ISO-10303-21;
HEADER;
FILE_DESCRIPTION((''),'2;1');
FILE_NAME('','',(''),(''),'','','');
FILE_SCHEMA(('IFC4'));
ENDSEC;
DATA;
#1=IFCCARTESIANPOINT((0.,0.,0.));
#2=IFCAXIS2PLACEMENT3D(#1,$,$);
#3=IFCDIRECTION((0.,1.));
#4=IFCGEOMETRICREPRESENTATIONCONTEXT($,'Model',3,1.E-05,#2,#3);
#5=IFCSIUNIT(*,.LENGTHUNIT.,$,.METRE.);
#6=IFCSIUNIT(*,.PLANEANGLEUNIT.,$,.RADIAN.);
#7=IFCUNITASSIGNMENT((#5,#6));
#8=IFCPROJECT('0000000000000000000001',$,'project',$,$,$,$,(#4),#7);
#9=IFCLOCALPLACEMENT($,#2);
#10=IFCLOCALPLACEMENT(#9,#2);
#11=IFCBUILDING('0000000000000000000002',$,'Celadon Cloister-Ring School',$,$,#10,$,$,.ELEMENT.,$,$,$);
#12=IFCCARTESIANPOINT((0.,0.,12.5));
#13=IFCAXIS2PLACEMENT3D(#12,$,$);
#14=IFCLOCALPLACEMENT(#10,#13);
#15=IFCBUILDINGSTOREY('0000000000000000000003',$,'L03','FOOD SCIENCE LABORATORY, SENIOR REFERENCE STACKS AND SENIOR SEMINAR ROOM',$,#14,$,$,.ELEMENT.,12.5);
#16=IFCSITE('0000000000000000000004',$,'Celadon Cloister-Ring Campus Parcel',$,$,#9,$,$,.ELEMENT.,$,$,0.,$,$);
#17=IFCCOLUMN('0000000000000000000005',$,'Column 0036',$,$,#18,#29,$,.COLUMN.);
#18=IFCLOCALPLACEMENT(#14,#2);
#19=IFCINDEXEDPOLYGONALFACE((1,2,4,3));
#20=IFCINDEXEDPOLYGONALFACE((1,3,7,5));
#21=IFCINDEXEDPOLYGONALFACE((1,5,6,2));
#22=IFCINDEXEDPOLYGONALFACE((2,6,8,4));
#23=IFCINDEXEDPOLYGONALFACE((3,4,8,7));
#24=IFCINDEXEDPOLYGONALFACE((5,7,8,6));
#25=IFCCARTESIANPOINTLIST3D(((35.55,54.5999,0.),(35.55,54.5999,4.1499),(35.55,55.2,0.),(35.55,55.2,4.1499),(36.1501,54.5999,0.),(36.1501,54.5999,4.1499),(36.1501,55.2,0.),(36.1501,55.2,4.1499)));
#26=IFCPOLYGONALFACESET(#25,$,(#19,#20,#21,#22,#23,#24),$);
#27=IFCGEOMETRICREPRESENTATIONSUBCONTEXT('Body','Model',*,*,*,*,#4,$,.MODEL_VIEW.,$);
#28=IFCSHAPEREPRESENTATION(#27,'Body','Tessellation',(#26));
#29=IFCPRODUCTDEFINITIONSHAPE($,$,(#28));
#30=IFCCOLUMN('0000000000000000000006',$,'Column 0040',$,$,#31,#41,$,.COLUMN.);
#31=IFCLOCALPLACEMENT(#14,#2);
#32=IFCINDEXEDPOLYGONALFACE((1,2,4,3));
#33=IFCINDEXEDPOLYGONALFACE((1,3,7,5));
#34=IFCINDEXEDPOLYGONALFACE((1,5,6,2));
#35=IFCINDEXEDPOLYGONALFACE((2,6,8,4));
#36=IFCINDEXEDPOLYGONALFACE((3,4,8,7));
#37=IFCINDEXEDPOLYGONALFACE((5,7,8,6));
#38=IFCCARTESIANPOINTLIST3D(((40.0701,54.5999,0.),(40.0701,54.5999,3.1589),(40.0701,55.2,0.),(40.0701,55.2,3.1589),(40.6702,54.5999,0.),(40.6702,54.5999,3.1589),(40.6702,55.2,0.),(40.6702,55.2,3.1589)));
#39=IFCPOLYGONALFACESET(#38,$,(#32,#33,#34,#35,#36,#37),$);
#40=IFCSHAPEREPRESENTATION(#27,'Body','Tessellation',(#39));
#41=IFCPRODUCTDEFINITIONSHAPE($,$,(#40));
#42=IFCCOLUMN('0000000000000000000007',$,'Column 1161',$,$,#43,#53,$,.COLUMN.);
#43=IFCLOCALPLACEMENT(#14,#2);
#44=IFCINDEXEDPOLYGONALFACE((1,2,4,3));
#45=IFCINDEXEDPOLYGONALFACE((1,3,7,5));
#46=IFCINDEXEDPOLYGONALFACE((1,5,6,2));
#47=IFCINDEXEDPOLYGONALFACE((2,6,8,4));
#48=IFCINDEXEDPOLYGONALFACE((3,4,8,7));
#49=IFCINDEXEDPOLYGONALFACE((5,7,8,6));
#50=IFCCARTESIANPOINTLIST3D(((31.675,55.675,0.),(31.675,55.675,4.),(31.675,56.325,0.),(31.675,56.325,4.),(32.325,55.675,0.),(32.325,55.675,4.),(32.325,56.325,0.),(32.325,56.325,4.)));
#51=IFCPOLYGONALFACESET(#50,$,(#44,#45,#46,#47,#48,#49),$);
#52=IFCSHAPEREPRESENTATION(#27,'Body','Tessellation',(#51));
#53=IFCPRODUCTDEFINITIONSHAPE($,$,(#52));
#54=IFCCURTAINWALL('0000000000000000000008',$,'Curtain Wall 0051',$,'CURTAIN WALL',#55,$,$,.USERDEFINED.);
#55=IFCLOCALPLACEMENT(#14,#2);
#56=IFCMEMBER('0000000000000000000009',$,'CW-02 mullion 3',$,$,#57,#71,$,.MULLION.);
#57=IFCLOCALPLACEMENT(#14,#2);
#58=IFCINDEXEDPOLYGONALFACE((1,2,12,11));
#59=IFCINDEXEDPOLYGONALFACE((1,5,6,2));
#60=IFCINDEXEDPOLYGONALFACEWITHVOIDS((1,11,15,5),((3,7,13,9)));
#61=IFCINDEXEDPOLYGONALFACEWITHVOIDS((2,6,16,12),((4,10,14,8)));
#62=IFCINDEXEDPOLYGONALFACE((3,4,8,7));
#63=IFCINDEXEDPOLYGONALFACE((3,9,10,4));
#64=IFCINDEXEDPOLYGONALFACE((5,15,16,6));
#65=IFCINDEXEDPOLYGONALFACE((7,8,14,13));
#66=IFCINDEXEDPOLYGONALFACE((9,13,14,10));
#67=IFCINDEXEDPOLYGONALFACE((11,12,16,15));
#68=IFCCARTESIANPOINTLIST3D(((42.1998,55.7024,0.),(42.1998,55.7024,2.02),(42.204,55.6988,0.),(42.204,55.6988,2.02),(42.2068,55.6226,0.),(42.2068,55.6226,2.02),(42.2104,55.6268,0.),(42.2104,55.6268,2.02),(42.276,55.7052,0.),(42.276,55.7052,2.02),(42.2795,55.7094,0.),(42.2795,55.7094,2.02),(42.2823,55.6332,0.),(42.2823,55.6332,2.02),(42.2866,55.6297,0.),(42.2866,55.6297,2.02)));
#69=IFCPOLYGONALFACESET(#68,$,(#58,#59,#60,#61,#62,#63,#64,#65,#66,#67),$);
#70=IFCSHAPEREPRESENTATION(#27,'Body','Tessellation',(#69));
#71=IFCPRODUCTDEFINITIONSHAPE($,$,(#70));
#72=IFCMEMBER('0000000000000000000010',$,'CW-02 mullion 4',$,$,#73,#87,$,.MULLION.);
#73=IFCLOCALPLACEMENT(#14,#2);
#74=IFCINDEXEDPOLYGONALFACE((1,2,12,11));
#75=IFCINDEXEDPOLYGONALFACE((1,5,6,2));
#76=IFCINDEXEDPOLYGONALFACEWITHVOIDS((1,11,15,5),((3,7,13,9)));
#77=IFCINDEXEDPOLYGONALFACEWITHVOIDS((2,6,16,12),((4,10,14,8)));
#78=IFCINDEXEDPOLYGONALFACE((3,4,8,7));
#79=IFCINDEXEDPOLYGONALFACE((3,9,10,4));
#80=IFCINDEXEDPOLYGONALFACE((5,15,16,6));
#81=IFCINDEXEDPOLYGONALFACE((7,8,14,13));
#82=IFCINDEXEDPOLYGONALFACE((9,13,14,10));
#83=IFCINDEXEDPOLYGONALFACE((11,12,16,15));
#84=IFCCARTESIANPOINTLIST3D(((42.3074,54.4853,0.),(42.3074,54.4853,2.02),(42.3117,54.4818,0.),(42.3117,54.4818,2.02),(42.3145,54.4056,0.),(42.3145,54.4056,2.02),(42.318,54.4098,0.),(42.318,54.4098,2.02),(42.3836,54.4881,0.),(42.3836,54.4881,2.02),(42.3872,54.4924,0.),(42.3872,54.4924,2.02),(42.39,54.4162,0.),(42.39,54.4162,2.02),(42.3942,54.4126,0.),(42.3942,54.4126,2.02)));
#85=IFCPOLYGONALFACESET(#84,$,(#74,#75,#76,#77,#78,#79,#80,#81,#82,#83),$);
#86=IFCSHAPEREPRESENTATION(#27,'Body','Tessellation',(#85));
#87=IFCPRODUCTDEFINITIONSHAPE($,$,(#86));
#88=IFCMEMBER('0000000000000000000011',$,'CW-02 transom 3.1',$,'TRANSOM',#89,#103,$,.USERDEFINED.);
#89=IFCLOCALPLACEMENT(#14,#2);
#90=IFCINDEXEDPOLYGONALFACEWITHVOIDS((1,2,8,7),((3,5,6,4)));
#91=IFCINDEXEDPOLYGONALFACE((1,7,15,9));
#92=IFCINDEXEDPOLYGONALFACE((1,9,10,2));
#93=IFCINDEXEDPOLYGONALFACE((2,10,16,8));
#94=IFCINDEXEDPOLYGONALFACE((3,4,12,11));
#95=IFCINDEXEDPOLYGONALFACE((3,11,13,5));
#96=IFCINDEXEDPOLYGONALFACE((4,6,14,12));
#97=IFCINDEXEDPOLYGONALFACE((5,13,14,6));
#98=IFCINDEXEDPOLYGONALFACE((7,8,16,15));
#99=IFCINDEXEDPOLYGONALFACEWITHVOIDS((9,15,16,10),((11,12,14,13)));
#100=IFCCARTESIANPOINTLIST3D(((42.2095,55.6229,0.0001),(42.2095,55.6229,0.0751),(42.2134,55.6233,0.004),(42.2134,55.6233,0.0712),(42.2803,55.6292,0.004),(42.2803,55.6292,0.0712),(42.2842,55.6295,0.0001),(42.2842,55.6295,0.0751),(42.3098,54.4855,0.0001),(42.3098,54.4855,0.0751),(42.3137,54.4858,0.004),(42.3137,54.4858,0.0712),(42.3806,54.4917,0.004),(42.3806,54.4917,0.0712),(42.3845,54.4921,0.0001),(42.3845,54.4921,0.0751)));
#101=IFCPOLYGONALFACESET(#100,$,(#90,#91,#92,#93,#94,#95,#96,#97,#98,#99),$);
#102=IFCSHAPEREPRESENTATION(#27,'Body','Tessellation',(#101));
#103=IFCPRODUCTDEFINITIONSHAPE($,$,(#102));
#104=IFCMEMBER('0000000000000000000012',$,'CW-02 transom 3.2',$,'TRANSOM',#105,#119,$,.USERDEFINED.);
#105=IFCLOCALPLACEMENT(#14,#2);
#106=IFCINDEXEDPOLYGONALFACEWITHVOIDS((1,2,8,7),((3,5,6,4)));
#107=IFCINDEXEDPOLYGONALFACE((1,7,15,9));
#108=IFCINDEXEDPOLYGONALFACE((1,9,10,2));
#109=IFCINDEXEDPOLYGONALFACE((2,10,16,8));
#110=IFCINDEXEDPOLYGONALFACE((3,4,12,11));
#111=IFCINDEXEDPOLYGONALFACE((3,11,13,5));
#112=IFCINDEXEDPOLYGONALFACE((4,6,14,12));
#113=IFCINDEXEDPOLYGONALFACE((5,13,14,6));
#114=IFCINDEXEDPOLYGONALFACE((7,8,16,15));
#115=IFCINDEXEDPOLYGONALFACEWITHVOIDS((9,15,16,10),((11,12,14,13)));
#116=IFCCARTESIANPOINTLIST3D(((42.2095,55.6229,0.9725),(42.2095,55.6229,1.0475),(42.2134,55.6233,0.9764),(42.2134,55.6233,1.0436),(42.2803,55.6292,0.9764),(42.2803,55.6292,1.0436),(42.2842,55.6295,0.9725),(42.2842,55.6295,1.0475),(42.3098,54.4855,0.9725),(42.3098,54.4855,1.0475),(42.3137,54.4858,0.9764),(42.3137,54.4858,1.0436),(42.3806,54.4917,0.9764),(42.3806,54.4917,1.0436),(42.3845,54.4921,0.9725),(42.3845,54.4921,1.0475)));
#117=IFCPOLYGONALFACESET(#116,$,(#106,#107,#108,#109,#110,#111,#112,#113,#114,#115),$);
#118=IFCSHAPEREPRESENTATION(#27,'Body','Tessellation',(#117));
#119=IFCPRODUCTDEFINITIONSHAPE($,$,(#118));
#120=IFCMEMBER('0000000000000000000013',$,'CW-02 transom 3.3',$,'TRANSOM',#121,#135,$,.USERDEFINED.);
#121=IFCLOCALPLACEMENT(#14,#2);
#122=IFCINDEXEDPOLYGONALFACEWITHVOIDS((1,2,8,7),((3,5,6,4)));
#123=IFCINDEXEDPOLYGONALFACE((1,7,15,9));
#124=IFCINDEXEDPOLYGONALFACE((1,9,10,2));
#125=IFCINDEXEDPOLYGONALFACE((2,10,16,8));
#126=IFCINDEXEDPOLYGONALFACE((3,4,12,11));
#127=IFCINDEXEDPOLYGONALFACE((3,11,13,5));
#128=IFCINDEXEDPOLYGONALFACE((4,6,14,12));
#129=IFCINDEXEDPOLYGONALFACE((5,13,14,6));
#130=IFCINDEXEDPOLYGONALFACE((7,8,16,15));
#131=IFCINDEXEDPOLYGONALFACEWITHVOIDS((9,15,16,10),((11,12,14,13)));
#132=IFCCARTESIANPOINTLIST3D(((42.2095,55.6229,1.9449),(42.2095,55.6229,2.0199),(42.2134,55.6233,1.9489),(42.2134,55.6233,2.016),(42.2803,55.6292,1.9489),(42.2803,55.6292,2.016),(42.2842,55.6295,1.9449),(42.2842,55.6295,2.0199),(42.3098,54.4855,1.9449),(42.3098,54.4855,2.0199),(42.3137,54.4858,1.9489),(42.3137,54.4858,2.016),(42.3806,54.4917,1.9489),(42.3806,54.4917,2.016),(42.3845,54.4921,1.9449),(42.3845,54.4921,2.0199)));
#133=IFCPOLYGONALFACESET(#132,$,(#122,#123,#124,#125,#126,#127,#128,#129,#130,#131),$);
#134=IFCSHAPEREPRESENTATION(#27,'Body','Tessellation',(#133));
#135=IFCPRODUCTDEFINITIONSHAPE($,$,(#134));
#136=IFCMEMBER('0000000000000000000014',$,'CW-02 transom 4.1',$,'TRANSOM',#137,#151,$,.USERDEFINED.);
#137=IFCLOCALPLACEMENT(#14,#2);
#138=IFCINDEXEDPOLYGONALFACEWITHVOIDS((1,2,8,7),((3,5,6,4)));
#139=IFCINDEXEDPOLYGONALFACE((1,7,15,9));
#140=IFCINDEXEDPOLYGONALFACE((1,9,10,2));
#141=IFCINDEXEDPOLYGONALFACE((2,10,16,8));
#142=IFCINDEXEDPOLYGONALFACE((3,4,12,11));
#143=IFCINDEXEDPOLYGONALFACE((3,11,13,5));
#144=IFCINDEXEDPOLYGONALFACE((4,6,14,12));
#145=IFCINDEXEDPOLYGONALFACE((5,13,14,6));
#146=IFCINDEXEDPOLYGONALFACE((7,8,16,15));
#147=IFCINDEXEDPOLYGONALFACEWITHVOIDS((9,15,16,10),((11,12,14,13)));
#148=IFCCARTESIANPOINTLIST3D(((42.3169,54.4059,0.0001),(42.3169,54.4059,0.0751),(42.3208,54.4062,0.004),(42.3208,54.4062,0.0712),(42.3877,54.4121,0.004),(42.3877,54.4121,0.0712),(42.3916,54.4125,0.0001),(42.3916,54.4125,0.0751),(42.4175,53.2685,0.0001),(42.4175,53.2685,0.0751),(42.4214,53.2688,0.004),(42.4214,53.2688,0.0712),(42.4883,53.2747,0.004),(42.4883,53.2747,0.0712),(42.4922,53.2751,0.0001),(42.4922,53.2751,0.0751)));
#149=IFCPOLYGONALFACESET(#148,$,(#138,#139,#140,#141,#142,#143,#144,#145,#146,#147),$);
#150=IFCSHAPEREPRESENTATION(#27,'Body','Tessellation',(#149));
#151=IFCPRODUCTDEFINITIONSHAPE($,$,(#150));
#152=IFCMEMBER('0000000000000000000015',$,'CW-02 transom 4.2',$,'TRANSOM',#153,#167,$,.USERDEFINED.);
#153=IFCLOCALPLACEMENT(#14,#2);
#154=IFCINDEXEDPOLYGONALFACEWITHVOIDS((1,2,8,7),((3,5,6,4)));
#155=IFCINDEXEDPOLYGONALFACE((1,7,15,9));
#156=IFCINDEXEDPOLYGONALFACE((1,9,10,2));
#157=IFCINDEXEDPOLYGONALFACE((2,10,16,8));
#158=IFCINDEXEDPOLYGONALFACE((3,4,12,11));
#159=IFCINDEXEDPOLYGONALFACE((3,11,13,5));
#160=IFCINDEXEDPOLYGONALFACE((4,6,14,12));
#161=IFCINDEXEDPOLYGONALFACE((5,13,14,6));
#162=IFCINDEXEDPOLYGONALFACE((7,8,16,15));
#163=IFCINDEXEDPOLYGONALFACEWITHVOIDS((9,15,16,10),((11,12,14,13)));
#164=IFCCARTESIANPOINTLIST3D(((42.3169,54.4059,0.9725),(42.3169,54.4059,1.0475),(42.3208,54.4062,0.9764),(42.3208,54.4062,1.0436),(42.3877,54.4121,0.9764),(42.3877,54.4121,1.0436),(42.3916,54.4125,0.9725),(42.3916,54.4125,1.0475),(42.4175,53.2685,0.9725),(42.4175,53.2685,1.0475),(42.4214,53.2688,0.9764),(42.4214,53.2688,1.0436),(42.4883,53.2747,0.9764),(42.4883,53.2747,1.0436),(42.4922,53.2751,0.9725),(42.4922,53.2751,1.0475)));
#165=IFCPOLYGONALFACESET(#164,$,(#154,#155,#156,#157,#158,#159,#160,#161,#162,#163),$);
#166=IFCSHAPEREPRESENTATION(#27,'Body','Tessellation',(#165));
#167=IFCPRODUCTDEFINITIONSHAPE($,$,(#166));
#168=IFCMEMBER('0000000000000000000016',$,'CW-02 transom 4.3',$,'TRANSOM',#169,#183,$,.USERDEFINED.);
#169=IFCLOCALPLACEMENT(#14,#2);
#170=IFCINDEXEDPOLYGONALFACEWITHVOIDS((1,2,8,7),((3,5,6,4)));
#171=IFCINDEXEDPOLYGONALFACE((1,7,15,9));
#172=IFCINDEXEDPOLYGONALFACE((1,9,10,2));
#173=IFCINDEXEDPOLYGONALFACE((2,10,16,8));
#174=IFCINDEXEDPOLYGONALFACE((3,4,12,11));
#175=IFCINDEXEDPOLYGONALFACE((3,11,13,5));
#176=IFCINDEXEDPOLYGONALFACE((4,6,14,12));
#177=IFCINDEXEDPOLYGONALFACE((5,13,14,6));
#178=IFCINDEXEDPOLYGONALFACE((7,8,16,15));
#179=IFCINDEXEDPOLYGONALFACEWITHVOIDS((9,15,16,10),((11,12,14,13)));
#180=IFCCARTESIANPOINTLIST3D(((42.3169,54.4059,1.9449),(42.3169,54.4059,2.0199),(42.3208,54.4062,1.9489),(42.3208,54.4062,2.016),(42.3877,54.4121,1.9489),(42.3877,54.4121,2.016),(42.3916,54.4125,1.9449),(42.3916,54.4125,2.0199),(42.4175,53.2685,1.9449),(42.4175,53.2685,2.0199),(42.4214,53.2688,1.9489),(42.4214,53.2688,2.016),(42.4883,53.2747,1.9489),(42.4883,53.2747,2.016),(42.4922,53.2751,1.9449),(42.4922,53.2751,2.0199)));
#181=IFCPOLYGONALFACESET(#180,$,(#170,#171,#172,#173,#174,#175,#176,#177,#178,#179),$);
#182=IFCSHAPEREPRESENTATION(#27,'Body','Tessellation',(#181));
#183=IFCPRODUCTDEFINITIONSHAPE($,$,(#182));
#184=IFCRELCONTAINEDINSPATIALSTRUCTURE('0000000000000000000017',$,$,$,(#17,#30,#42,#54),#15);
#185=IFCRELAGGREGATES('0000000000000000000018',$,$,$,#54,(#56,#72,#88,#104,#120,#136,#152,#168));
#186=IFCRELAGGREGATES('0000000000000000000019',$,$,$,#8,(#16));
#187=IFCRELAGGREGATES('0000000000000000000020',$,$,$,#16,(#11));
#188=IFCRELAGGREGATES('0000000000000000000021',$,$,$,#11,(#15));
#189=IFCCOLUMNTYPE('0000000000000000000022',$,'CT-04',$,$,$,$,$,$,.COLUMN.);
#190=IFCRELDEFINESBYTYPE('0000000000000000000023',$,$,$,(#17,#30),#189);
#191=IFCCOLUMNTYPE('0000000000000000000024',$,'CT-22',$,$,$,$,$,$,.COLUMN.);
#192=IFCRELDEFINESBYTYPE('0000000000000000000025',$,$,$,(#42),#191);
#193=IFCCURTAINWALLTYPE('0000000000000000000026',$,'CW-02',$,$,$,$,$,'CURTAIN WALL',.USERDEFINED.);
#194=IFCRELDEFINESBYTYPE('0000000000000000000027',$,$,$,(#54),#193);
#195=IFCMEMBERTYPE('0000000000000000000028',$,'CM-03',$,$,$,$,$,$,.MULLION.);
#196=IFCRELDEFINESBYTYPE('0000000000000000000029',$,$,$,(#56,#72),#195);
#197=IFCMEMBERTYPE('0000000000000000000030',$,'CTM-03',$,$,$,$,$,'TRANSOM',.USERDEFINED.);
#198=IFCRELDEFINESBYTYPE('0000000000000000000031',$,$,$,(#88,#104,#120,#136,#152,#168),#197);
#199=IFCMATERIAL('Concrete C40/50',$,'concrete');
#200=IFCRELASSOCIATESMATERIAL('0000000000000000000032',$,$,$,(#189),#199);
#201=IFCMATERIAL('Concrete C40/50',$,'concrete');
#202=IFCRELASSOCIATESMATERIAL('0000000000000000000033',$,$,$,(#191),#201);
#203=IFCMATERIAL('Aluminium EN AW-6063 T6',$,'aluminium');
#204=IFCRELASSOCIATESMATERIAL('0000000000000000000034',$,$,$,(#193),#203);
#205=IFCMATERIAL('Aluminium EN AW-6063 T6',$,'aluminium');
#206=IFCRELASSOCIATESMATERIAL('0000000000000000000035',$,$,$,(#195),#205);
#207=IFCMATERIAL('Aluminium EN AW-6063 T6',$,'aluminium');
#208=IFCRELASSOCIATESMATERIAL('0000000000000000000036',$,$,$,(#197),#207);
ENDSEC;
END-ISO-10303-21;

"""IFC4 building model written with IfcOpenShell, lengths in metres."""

from ifc_helpers import new_model, si_unit, direction, frame, origin, origin_2d, place, context, subcontext, project, spatial, rectangle, hollow_rectangle, extrude, material, material_profile, profile_set, type_object, element, aggregate, save


model = new_model("IFC4")

# Units and contexts
model_context = context("Model", 3, precision=1e-05, world=origin(), true_north=direction((0.0, 1.0)))
body_context = subcontext(model_context, "Body", "Model", "MODEL_VIEW")
ifc_project = project(units=[si_unit("LENGTHUNIT", "METRE"), si_unit("PLANEANGLEUNIT", "RADIAN")], contexts=[model_context])

# Site, building, storey
site_placement = place(None, origin())
site = spatial("IfcSite", under=ifc_project, at=site_placement, Name="Celadon Cloister-Ring Campus Parcel", CompositionType="ELEMENT", RefElevation=0.0)
building_placement = place(site_placement, origin())
building = spatial("IfcBuilding", under=site, at=building_placement, Name="Celadon Cloister-Ring School", CompositionType="ELEMENT")
storey_placement = place(building_placement, frame((0.0, 0.0, 12.5)))
storey = spatial("IfcBuildingStorey", under=building, at=storey_placement, Name="L03", Description="FOOD SCIENCE LABORATORY, SENIOR REFERENCE STACKS AND SENIOR SEMINAR ROOM", CompositionType="ELEMENT", Elevation=12.5)

# Columns
ifc_material_1 = material(Name="Concrete C40/50", Category="concrete")
ifc_material_profile_1 = material_profile(ifc_material_1, rectangle(XDim=0.6001, YDim=0.6001, at=origin_2d()), Name="RC600X600")
ifc_profile_set_1 = profile_set([ifc_material_profile_1], Name="Concrete C40/50")
column_type_1 = type_object("IfcColumnType", Name="CT-04", PredefinedType="COLUMN", material=ifc_profile_set_1)
column_1_placement = place(storey_placement, frame((35.8501, 54.8999, 0.0), z_axis=(0.0, 0.0, 1.0), x_axis=(1.0, 0.0, 0.0)))
element("IfcColumn", 1, at=column_1_placement, inside=storey, type_object=column_type_1, Name="Column 0036", PredefinedType="COLUMN", context=body_context, shape_type="SweptSolid", body=[
    extrude(rectangle(XDim=0.6001, YDim=0.6001, at=origin_2d()), origin(), (0.0, 0.0, 1.0), 4.1499),
])
column_2_placement = place(storey_placement, frame((40.3701, 54.8999, 0.0), z_axis=(0.0, 0.0, 1.0), x_axis=(1.0, 0.0, 0.0)))
element("IfcColumn", 2, at=column_2_placement, inside=storey, type_object=column_type_1, Name="Column 0040", PredefinedType="COLUMN", context=body_context, shape_type="SweptSolid", body=[
    extrude(rectangle(XDim=0.6001, YDim=0.6001, at=origin_2d()), origin(), (0.0, 0.0, 1.0), 3.1589),
])
ifc_material_2 = material(Name="Concrete C40/50", Category="concrete")
ifc_material_profile_2 = material_profile(ifc_material_2, rectangle(XDim=0.6499, YDim=0.6499, at=origin_2d()), Name="RC650X650")
ifc_profile_set_2 = profile_set([ifc_material_profile_2], Name="Concrete C40/50")
column_type_2 = type_object("IfcColumnType", Name="CT-22", PredefinedType="COLUMN", material=ifc_profile_set_2)
column_3_placement = place(storey_placement, frame((32.0, 56.0, 0.0), z_axis=(0.0, 0.0, 1.0), x_axis=(1.0, 0.0, 0.0)))
element("IfcColumn", 3, at=column_3_placement, inside=storey, type_object=column_type_2, Name="Column 1161", PredefinedType="COLUMN", context=body_context, shape_type="SweptSolid", body=[
    extrude(rectangle(XDim=0.6499, YDim=0.6499, at=origin_2d()), origin(), (0.0, 0.0, 1.0), 4.0),
])

# Curtain wall, members
ifc_material_3 = material(Name="Aluminium EN AW-6063 T6", Category="aluminium")
curtain_wall_type = type_object("IfcCurtainWallType", Name="CW-02", ElementType="CURTAIN WALL", PredefinedType="USERDEFINED", material=ifc_material_3)
curtain_wall_placement = place(storey_placement, origin())
curtain_wall = element("IfcCurtainWall", 4, at=curtain_wall_placement, inside=storey, type_object=curtain_wall_type, Name="Curtain Wall 0051", ObjectType="CURTAIN WALL", PredefinedType="USERDEFINED")
ifc_material_4 = material(Name="Aluminium EN AW-6063 T6", Category="aluminium")
ifc_material_profile_3 = material_profile(ifc_material_4, hollow_rectangle(XDim=0.0801, YDim=0.0801, WallThickness=0.0039, at=origin_2d()), Name="RHS80X80X4")
ifc_profile_set_3 = profile_set([ifc_material_profile_3], Name="Aluminium EN AW-6063 T6")
member_type_1 = type_object("IfcMemberType", Name="CM-03", PredefinedType="MULLION", material=ifc_profile_set_3)
member_1_placement = place(storey_placement, frame((42.2432, 55.666, 0.0), z_axis=(0.0, 0.0, 1.0), x_axis=(0.996114, 0.088071, 0.0)))
member_1 = element("IfcMember", 5, at=member_1_placement, type_object=member_type_1, Name="CW-02 mullion 3", PredefinedType="MULLION", context=body_context, shape_type="SweptSolid", body=[
    extrude(hollow_rectangle(XDim=0.0801, YDim=0.0801, WallThickness=0.0039, at=origin_2d()), origin(), (0.0, 0.0, 1.0), 2.02),
])
member_2_placement = place(storey_placement, frame((42.3508, 54.449, 0.0), z_axis=(0.0, 0.0, 1.0), x_axis=(0.996114, 0.088071, 0.0)))
member_2 = element("IfcMember", 6, at=member_2_placement, type_object=member_type_1, Name="CW-02 mullion 4", PredefinedType="MULLION", context=body_context, shape_type="SweptSolid", body=[
    extrude(hollow_rectangle(XDim=0.0801, YDim=0.0801, WallThickness=0.0039, at=origin_2d()), origin(), (0.0, 0.0, 1.0), 2.02),
])
ifc_material_5 = material(Name="Aluminium EN AW-6063 T6", Category="aluminium")
ifc_material_profile_4 = material_profile(ifc_material_5, hollow_rectangle(XDim=0.075, YDim=0.075, WallThickness=0.0039, at=origin_2d()), Name="RHS75X75X4")
ifc_profile_set_4 = profile_set([ifc_material_profile_4], Name="Aluminium EN AW-6063 T6")
member_type_2 = type_object("IfcMemberType", Name="CTM-03", ElementType="TRANSOM", PredefinedType="USERDEFINED", material=ifc_profile_set_4)
member_3_placement = place(storey_placement, frame((42.2468, 55.6262, 0.0376), z_axis=(0.087875, -0.996132, 0.0), x_axis=(0.996132, 0.087875, 0.0)))
member_3 = element("IfcMember", 7, at=member_3_placement, type_object=member_type_2, Name="CW-02 transom 3.1", ObjectType="TRANSOM", PredefinedType="USERDEFINED", context=body_context, shape_type="SweptSolid", body=[
    extrude(hollow_rectangle(XDim=0.075, YDim=0.075, WallThickness=0.0039, at=origin_2d()), origin(), (0.0, 0.0, 1.0), 1.1418),
])
member_4_placement = place(storey_placement, frame((42.2468, 55.6262, 1.01), z_axis=(0.087875, -0.996132, 0.0), x_axis=(0.996132, 0.087875, 0.0)))
member_4 = element("IfcMember", 8, at=member_4_placement, type_object=member_type_2, Name="CW-02 transom 3.2", ObjectType="TRANSOM", PredefinedType="USERDEFINED", context=body_context, shape_type="SweptSolid", body=[
    extrude(hollow_rectangle(XDim=0.075, YDim=0.075, WallThickness=0.0039, at=origin_2d()), origin(), (0.0, 0.0, 1.0), 1.1418),
])
member_5_placement = place(storey_placement, frame((42.2468, 55.6262, 1.9824), z_axis=(0.087875, -0.996132, 0.0), x_axis=(0.996132, 0.087875, 0.0)))
member_5 = element("IfcMember", 9, at=member_5_placement, type_object=member_type_2, Name="CW-02 transom 3.3", ObjectType="TRANSOM", PredefinedType="USERDEFINED", context=body_context, shape_type="SweptSolid", body=[
    extrude(hollow_rectangle(XDim=0.075, YDim=0.075, WallThickness=0.0039, at=origin_2d()), origin(), (0.0, 0.0, 1.0), 1.1418),
])
member_6_placement = place(storey_placement, frame((42.3542, 54.4092, 0.0376), z_axis=(0.088087, -0.996113, 0.0), x_axis=(0.996113, 0.088087, 0.0)))
member_6 = element("IfcMember", 10, at=member_6_placement, type_object=member_type_2, Name="CW-02 transom 4.1", ObjectType="TRANSOM", PredefinedType="USERDEFINED", context=body_context, shape_type="SweptSolid", body=[
    extrude(hollow_rectangle(XDim=0.075, YDim=0.075, WallThickness=0.0039, at=origin_2d()), origin(), (0.0, 0.0, 1.0), 1.1418),
])
member_7_placement = place(storey_placement, frame((42.3542, 54.4092, 1.01), z_axis=(0.088087, -0.996113, 0.0), x_axis=(0.996113, 0.088087, 0.0)))
member_7 = element("IfcMember", 11, at=member_7_placement, type_object=member_type_2, Name="CW-02 transom 4.2", ObjectType="TRANSOM", PredefinedType="USERDEFINED", context=body_context, shape_type="SweptSolid", body=[
    extrude(hollow_rectangle(XDim=0.075, YDim=0.075, WallThickness=0.0039, at=origin_2d()), origin(), (0.0, 0.0, 1.0), 1.1418),
])
member_8_placement = place(storey_placement, frame((42.3542, 54.4092, 1.9824), z_axis=(0.088087, -0.996113, 0.0), x_axis=(0.996113, 0.088087, 0.0)))
member_8 = element("IfcMember", 12, at=member_8_placement, type_object=member_type_2, Name="CW-02 transom 4.3", ObjectType="TRANSOM", PredefinedType="USERDEFINED", context=body_context, shape_type="SweptSolid", body=[
    extrude(hollow_rectangle(XDim=0.075, YDim=0.075, WallThickness=0.0039, at=origin_2d()), origin(), (0.0, 0.0, 1.0), 1.1418),
])
aggregate(curtain_wall, [member_1, member_2, member_3, member_4, member_5, member_6, member_7, member_8])

save(model, "model.ifc")
